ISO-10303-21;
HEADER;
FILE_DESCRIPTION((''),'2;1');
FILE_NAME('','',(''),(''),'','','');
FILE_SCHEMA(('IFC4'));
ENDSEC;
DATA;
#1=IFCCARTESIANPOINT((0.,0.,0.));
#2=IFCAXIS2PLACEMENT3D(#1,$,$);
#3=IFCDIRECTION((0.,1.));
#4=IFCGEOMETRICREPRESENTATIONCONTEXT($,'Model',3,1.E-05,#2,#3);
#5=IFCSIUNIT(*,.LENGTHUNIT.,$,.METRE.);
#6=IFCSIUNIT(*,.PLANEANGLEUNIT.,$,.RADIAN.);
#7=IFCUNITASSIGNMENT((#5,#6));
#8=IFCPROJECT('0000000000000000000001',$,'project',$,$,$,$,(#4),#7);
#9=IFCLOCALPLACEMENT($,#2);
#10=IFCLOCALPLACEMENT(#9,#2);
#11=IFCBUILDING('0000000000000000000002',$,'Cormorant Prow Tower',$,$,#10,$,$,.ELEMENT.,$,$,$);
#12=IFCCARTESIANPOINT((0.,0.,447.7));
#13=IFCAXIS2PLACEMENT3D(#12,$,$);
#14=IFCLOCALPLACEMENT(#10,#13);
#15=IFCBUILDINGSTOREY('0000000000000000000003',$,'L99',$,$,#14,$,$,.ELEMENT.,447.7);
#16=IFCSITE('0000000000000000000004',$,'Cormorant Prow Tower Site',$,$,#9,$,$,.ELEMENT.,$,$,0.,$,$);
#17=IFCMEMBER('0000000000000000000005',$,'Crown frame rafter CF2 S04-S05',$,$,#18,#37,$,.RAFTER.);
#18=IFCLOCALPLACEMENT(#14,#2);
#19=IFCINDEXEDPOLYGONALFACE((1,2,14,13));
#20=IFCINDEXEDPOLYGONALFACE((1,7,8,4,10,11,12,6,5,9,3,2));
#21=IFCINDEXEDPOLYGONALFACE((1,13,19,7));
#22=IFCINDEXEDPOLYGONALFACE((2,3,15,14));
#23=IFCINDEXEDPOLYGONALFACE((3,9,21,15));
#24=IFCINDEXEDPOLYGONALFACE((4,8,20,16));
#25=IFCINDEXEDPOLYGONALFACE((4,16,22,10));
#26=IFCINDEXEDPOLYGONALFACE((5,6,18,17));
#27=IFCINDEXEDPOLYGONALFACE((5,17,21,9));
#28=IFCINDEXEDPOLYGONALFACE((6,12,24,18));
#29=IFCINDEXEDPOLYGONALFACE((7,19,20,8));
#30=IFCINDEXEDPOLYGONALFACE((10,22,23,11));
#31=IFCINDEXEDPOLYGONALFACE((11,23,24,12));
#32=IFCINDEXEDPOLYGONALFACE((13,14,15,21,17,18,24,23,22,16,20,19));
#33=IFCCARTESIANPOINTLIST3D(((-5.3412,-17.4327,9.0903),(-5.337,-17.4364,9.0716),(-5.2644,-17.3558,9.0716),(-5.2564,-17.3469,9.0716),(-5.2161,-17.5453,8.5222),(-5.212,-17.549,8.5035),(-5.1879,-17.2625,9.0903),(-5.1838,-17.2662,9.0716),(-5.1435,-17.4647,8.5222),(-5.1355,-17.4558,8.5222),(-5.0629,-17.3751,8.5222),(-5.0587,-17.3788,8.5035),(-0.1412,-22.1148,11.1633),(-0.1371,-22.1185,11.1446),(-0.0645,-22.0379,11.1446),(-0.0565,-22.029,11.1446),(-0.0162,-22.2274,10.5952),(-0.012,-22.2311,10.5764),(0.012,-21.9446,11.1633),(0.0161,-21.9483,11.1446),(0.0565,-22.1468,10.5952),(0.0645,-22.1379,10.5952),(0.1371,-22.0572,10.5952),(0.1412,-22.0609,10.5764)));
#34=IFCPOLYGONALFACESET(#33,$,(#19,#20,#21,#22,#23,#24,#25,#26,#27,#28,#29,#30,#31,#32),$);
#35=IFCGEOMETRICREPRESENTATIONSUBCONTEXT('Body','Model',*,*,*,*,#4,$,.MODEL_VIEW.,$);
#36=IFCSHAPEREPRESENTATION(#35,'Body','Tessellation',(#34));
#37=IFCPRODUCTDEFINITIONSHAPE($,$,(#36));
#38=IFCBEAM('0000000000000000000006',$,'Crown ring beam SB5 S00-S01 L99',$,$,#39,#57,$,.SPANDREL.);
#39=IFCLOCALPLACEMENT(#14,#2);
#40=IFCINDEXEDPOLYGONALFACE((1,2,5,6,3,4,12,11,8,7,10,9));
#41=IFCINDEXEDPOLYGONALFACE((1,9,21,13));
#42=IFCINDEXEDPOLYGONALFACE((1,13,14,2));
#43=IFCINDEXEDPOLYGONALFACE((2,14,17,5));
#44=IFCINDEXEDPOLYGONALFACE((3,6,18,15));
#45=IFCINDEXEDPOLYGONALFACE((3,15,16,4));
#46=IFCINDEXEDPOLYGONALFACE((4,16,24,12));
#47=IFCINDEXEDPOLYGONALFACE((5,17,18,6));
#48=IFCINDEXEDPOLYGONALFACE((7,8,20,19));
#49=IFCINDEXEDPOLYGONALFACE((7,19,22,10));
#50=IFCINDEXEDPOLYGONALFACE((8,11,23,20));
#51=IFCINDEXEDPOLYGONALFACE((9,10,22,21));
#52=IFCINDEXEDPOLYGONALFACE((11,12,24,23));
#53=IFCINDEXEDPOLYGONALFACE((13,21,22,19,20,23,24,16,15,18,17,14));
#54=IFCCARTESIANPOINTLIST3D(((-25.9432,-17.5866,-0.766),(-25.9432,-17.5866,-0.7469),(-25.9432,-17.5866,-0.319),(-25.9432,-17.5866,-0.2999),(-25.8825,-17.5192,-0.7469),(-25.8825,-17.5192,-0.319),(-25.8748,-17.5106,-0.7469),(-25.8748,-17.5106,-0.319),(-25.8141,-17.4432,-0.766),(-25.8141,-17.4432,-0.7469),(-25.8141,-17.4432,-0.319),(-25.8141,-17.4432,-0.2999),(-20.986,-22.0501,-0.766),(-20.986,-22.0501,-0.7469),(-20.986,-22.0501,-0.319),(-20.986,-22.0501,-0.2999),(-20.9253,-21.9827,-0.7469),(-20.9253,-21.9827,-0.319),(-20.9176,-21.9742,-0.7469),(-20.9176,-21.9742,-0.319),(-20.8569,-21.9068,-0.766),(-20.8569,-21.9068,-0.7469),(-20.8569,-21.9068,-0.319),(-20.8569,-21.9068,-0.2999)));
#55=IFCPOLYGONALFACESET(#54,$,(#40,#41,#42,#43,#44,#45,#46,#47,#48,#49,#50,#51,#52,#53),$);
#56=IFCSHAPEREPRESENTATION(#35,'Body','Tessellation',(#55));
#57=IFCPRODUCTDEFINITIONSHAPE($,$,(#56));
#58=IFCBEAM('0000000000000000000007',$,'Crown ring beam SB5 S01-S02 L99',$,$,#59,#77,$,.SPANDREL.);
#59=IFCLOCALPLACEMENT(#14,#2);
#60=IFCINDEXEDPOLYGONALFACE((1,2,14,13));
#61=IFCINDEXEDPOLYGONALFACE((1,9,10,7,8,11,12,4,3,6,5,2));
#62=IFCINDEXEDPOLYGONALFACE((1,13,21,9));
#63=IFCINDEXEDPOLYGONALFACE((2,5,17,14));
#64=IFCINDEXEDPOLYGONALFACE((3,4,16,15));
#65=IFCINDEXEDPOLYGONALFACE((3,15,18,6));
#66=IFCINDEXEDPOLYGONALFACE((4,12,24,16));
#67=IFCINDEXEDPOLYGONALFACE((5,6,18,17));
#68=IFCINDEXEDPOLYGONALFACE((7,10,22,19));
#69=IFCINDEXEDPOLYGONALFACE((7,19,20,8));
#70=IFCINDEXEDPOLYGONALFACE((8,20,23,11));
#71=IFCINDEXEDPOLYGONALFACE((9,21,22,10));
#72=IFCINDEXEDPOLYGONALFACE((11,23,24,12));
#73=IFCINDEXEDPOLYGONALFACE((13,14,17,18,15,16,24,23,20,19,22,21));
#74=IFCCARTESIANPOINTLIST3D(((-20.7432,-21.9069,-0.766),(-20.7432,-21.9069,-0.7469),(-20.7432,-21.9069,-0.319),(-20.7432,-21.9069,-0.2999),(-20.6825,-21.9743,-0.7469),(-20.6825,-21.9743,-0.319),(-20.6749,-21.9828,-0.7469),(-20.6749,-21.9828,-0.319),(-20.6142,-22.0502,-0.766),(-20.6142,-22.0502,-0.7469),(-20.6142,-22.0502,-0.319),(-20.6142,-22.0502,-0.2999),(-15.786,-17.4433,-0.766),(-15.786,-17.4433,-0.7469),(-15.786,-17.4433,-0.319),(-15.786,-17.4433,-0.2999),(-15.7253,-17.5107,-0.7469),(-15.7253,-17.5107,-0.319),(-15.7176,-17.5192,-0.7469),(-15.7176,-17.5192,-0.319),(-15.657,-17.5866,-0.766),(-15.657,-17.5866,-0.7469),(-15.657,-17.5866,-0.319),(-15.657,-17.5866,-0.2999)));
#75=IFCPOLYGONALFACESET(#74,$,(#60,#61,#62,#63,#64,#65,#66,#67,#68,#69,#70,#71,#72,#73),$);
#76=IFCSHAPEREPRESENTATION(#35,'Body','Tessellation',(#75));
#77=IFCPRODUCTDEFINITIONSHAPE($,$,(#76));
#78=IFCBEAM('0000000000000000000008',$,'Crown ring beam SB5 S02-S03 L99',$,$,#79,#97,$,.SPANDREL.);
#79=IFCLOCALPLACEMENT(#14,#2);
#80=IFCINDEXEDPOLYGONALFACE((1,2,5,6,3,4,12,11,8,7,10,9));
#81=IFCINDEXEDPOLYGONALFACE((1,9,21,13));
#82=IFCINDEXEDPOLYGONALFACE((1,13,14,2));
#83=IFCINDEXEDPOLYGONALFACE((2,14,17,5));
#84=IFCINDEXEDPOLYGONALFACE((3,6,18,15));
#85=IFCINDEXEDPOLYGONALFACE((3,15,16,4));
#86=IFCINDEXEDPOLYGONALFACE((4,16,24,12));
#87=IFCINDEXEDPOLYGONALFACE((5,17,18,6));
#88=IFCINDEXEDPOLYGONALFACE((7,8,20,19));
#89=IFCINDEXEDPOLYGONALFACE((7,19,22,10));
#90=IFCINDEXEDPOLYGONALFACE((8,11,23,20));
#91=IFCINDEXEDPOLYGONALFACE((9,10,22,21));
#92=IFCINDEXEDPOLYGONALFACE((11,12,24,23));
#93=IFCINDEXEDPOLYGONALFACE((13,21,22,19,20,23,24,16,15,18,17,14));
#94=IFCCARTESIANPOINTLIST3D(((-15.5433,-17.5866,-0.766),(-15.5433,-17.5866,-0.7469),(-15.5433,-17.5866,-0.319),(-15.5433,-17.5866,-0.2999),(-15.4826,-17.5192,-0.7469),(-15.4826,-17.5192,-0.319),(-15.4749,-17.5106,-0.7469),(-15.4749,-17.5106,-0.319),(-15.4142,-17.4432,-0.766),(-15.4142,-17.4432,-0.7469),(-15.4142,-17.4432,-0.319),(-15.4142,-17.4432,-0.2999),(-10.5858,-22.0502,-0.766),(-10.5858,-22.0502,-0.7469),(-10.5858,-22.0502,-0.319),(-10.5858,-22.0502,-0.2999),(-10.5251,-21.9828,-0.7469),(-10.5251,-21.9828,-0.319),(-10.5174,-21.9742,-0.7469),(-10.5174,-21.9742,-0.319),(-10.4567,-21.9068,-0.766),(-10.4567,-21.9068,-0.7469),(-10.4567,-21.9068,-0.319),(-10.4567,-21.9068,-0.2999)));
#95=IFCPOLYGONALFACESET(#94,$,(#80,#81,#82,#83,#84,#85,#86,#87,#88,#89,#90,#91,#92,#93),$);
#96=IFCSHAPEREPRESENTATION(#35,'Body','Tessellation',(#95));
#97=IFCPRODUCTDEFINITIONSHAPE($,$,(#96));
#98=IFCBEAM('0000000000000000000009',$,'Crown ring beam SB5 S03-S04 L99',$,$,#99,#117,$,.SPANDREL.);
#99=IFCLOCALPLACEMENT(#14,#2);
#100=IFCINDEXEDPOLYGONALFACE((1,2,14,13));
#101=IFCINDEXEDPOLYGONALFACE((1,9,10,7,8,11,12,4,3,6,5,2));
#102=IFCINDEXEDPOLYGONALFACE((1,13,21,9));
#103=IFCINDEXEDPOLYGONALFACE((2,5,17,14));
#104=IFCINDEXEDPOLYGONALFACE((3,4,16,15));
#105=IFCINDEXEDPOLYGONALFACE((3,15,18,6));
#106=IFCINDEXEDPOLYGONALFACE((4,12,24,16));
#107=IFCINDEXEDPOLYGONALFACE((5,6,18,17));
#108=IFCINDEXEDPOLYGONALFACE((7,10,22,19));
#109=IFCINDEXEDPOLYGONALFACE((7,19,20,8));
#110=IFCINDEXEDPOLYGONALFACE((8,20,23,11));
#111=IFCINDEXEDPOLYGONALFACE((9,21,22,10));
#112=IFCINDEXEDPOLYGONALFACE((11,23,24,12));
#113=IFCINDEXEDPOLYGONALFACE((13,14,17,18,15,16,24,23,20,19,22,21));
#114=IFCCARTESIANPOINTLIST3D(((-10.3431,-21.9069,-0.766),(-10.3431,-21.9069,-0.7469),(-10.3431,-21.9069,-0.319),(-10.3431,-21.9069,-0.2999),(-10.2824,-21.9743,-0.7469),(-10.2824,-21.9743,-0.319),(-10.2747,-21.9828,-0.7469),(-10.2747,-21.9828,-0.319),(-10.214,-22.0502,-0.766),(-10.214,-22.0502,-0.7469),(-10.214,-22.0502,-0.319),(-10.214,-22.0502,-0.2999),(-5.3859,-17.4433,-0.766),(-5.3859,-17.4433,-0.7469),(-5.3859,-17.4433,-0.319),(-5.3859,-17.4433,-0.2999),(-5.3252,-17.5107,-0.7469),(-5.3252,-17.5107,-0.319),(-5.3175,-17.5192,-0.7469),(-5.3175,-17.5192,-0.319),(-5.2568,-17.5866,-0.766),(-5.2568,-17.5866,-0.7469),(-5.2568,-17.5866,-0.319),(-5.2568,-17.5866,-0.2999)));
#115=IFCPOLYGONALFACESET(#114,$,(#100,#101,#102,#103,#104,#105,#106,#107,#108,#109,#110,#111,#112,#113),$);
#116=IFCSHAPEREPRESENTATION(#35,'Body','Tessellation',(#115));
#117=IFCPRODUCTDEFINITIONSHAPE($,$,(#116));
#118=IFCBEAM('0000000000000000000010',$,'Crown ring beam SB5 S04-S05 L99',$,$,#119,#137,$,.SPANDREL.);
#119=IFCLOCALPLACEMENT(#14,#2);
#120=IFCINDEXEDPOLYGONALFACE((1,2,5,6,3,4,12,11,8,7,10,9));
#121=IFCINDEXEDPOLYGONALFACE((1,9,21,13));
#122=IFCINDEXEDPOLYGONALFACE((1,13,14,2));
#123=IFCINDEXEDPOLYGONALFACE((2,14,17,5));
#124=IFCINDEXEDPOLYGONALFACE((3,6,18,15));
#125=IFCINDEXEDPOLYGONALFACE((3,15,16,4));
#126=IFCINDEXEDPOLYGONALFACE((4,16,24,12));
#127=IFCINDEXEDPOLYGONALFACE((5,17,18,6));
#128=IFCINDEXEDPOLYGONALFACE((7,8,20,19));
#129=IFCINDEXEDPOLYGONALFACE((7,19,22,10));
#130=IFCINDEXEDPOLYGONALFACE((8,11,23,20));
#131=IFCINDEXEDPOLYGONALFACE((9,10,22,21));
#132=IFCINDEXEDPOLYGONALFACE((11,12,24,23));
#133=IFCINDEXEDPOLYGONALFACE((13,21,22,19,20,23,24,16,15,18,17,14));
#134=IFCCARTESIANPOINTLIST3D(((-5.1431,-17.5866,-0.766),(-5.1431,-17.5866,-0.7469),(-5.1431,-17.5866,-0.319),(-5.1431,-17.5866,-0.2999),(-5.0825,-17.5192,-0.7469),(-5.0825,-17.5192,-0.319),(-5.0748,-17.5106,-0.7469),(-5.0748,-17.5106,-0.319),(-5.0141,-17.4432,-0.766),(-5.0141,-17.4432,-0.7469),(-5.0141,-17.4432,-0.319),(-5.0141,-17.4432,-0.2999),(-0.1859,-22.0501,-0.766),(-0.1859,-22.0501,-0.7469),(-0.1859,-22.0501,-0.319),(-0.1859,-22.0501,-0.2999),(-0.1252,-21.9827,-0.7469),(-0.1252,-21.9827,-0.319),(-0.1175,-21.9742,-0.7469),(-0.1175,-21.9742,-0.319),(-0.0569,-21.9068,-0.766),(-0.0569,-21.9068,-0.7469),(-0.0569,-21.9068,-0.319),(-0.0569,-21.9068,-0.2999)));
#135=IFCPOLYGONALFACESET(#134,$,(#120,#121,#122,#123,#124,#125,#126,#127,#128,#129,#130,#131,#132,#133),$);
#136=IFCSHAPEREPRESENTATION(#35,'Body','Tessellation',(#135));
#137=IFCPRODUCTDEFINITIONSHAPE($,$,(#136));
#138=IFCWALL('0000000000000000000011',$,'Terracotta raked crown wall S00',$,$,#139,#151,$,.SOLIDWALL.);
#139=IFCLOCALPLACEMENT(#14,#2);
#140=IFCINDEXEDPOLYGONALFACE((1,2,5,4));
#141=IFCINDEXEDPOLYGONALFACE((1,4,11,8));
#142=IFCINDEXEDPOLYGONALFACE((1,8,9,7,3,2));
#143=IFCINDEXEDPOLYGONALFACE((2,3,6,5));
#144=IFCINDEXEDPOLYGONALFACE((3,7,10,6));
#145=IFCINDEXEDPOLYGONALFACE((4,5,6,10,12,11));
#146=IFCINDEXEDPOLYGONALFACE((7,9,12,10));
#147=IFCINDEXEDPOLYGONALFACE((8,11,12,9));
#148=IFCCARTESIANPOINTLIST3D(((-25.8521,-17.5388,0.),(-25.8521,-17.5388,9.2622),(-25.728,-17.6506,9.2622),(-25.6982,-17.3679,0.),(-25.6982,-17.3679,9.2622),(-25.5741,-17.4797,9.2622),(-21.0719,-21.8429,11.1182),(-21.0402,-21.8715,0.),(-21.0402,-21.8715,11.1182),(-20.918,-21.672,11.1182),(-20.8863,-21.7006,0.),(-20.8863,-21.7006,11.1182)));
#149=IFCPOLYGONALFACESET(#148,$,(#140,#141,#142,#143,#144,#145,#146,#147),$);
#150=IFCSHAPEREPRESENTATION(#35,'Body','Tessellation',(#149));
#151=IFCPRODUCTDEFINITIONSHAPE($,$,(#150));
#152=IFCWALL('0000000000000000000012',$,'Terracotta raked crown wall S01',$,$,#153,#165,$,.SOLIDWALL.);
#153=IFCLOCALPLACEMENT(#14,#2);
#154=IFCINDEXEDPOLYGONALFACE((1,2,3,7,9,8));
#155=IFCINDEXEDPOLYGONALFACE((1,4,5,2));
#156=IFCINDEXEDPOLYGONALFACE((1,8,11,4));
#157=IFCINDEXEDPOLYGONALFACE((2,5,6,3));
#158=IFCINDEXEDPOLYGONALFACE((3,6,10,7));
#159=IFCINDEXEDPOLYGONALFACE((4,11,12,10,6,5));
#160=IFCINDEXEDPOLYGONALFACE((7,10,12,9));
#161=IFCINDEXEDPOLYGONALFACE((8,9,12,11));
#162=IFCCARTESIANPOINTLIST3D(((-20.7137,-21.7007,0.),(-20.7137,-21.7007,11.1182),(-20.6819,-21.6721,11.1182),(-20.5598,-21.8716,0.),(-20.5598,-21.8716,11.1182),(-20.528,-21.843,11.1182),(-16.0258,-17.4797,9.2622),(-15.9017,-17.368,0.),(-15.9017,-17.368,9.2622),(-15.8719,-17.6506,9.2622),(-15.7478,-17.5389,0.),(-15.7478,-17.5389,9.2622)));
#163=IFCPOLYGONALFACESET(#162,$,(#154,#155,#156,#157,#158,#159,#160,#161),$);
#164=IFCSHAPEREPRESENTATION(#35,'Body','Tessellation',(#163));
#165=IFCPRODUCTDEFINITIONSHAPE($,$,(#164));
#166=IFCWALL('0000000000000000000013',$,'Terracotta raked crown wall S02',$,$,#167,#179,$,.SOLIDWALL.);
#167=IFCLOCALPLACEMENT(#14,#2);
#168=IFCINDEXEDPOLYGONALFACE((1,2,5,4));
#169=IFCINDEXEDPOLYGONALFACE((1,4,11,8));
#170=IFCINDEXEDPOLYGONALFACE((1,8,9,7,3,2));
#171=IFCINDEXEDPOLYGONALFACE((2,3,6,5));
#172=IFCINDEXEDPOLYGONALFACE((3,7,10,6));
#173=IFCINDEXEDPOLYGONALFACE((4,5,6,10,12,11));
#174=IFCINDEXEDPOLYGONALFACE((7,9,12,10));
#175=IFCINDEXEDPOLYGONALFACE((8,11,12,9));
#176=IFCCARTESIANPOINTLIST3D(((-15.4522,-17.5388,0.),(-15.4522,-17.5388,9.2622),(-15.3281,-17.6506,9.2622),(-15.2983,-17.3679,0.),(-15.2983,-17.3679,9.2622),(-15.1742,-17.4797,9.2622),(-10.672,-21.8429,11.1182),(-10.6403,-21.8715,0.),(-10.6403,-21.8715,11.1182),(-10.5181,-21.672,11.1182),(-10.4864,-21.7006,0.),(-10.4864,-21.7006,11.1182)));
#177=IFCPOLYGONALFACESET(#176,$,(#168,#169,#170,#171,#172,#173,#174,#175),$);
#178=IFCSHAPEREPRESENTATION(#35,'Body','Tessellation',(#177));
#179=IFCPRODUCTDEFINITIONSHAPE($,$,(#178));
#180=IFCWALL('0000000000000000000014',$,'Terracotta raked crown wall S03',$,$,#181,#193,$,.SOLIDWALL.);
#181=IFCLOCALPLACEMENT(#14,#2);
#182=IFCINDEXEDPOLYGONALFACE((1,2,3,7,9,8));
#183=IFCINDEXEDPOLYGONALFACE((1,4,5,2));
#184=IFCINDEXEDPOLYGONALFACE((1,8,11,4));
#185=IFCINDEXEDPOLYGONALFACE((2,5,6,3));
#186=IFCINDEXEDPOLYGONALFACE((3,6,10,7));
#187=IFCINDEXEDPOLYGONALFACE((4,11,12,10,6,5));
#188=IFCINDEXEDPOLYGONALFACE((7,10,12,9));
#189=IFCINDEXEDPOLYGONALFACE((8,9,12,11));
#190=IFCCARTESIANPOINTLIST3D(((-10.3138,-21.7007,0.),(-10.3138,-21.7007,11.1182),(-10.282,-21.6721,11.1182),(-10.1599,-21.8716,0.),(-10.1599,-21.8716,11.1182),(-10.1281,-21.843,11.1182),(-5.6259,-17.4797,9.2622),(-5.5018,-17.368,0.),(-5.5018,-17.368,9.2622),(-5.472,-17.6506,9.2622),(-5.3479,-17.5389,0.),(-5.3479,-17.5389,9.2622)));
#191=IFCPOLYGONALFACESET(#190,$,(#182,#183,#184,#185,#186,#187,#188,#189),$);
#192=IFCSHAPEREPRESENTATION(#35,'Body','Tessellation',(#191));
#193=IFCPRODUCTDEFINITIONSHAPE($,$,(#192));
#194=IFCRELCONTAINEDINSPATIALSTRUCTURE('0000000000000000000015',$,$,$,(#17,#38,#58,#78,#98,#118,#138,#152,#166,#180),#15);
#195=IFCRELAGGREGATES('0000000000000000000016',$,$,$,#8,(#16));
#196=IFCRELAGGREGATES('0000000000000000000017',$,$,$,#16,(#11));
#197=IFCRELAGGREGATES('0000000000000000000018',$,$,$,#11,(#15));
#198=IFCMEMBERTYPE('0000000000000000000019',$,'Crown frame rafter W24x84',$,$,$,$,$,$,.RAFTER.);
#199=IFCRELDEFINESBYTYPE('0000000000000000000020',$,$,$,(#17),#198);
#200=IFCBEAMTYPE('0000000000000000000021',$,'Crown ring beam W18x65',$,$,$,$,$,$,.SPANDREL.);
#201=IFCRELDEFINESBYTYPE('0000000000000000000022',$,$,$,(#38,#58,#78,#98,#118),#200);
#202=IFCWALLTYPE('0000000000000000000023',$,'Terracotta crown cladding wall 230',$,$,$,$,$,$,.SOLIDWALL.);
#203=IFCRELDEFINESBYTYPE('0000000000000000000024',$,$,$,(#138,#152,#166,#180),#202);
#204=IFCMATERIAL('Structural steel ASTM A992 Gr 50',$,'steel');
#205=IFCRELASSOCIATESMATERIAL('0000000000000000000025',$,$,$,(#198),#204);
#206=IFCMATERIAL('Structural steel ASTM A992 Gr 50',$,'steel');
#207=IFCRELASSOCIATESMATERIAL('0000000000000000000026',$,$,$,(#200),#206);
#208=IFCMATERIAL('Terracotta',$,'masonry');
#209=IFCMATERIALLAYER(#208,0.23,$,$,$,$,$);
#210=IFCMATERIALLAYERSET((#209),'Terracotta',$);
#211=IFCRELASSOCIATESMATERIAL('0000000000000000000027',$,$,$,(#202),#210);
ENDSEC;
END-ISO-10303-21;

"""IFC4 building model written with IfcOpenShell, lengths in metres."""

from ifc_helpers import new_model, si_unit, direction, frame, origin, origin_2d, place, context, subcontext, project, spatial, polyline, i_section, outline, extrude, material, layer, layer_set, material_profile, profile_set, type_object, element, save


model = new_model("IFC4")

# Units and contexts
model_context = context("Model", 3, precision=1e-05, world=origin(), true_north=direction((0.0, 1.0)))
body_context = subcontext(model_context, "Body", "Model", "MODEL_VIEW")
ifc_project = project(units=[si_unit("LENGTHUNIT", "METRE"), si_unit("PLANEANGLEUNIT", "RADIAN")], contexts=[model_context])

# Site, building, storey
site_placement = place(None, origin())
site = spatial("IfcSite", under=ifc_project, at=site_placement, Name="Cormorant Prow Tower Site", CompositionType="ELEMENT", RefElevation=0.0)
building_placement = place(site_placement, origin())
building = spatial("IfcBuilding", under=site, at=building_placement, Name="Cormorant Prow Tower", CompositionType="ELEMENT")
storey_placement = place(building_placement, frame((0.0, 0.0, 447.7)))
storey = spatial("IfcBuildingStorey", under=building, at=storey_placement, Name="L99", CompositionType="ELEMENT", Elevation=447.7)

# Member
ifc_material_1 = material(Name="Structural steel ASTM A992 Gr 50", Category="steel")
ifc_material_profile_1 = material_profile(ifc_material_1, i_section(OverallWidth=0.229, OverallDepth=0.6121, WebThickness=0.012, FlangeThickness=0.0195, at=origin_2d()), Name="W24x84")
ifc_profile_set_1 = profile_set([ifc_material_profile_1], Name="Structural steel ASTM A992 Gr 50")
member_type = type_object("IfcMemberType", Name="Crown frame rafter W24x84", PredefinedType="RAFTER", material=ifc_profile_set_1)
for number, where, z_axis, x_axis, name in (
    (1, (-5.2, -17.4058, 8.7969), (0.712528, -0.641573, 0.284055), (0.669136, 0.74314, 0.0), "Crown frame rafter CF2 S04-S05"),
):
    element("IfcMember", number, at=place(storey_placement, frame(where, z_axis=z_axis, x_axis=x_axis)), inside=storey, type_object=member_type, Name=name, PredefinedType="RAFTER", context=body_context, shape_type="SweptSolid", body=[
        extrude(i_section(OverallWidth=0.229, OverallDepth=0.6121, WebThickness=0.012, FlangeThickness=0.0195, at=origin_2d()), origin(), (0.0, 0.0, 1.0), 7.2979),
    ])

# Beams
ifc_material_2 = material(Name="Structural steel ASTM A992 Gr 50", Category="steel")
ifc_material_profile_2 = material_profile(ifc_material_2, i_section(OverallWidth=0.1929, OverallDepth=0.4661, WebThickness=0.0115, FlangeThickness=0.019, at=origin_2d()), Name="W18x65")
ifc_profile_set_2 = profile_set([ifc_material_profile_2], Name="Structural steel ASTM A992 Gr 50")
beam_type = type_object("IfcBeamType", Name="Crown ring beam W18x65", PredefinedType="SPANDREL", material=ifc_profile_set_2)
for number, where, z_axis, x_axis, name in (
    (2, (-25.8787, -17.5149, -0.533), (0.743139, -0.669137, 0.0), (0.669137, 0.743139, 0.0), "Crown ring beam SB5 S00-S01 L99"),
    (3, (-20.6787, -21.9785, -0.533), (0.743139, 0.669137, 0.0), (-0.669137, 0.743139, 0.0), "Crown ring beam SB5 S01-S02 L99"),
):
    element("IfcBeam", number, at=place(storey_placement, frame(where, z_axis=z_axis, x_axis=x_axis)), inside=storey, type_object=beam_type, Name=name, PredefinedType="SPANDREL", context=body_context, shape_type="SweptSolid", body=[
        extrude(i_section(OverallWidth=0.1929, OverallDepth=0.4661, WebThickness=0.0115, FlangeThickness=0.019, at=origin_2d()), origin(), (0.0, 0.0, 1.0), 6.6707),
    ])
beam_placement = place(storey_placement, frame((-15.4788, -17.5149, -0.533), z_axis=(0.743156, -0.669118, 0.0), x_axis=(0.669118, 0.743156, 0.0)))
element("IfcBeam", 4, at=beam_placement, inside=storey, type_object=beam_type, Name="Crown ring beam SB5 S02-S03 L99", PredefinedType="SPANDREL", context=body_context, shape_type="SweptSolid", body=[
    extrude(i_section(OverallWidth=0.1929, OverallDepth=0.4661, WebThickness=0.0115, FlangeThickness=0.019, at=origin_2d()), origin(), (0.0, 0.0, 1.0), 6.6709),
])
for number, where, z_axis, x_axis, name in (
    (5, (-10.2786, -21.9785, -0.533), (0.743139, 0.669137, 0.0), (-0.669137, 0.743139, 0.0), "Crown ring beam SB5 S03-S04 L99"),
    (6, (-5.0786, -17.5149, -0.533), (0.743139, -0.669137, 0.0), (0.669137, 0.743139, 0.0), "Crown ring beam SB5 S04-S05 L99"),
):
    element("IfcBeam", number, at=place(storey_placement, frame(where, z_axis=z_axis, x_axis=x_axis)), inside=storey, type_object=beam_type, Name=name, PredefinedType="SPANDREL", context=body_context, shape_type="SweptSolid", body=[
        extrude(i_section(OverallWidth=0.1929, OverallDepth=0.4661, WebThickness=0.0115, FlangeThickness=0.019, at=origin_2d()), origin(), (0.0, 0.0, 1.0), 6.6707),
    ])

# Walls
ifc_material_3 = material(Name="Terracotta", Category="masonry")
ifc_layer_1 = layer(ifc_material_3, 0.23)
ifc_layer_set_1 = layer_set([ifc_layer_1], Name="Terracotta")
wall_type = type_object("IfcWallType", Name="Terracotta crown cladding wall 230", PredefinedType="SOLIDWALL", material=ifc_layer_set_1)
wall_1_placement = place(storey_placement, frame((-25.7751, -17.4534, 0.0), z_axis=(0.0, 0.0, 1.0), x_axis=(0.743144, -0.669131, 0.0)))
element("IfcWall", 7, at=wall_1_placement, inside=storey, type_object=wall_type, Name="Terracotta raked crown wall S00", PredefinedType="SOLIDWALL", context=body_context, shape_type="SweptSolid", body=[
    extrude(outline(polyline([(0.0, 0.0), (6.4751, 0.0), (6.4751, 11.1182), (6.4324, 11.1182), (0.167, 9.2622), (0.0, 9.2622), (0.0, 0.0)])), frame((0.0, 0.115, 0.0), z_axis=(0.0, -1.0, 0.0), x_axis=(1.0, 0.0, 0.0)), (0.0, 0.0, 1.0), 0.23),
])
wall_2_placement = place(storey_placement, frame((-20.6367, -21.7861, 0.0), z_axis=(0.0, 0.0, 1.0), x_axis=(0.743144, 0.669131, 0.0)))
element("IfcWall", 8, at=wall_2_placement, inside=storey, type_object=wall_type, Name="Terracotta raked crown wall S01", PredefinedType="SOLIDWALL", context=body_context, shape_type="SweptSolid", body=[
    extrude(outline(polyline([(0.0, 0.0), (6.4751, 0.0), (6.4751, 9.2622), (6.3081, 9.2622), (0.0427, 11.1182), (0.0, 11.1182), (0.0, 0.0)])), frame((0.0, 0.115, 0.0), z_axis=(0.0, -1.0, 0.0), x_axis=(1.0, 0.0, 0.0)), (0.0, 0.0, 1.0), 0.23),
])
wall_3_placement = place(storey_placement, frame((-15.3752, -17.4534, 0.0), z_axis=(0.0, 0.0, 1.0), x_axis=(0.743144, -0.669131, 0.0)))
element("IfcWall", 9, at=wall_3_placement, inside=storey, type_object=wall_type, Name="Terracotta raked crown wall S02", PredefinedType="SOLIDWALL", context=body_context, shape_type="SweptSolid", body=[
    extrude(outline(polyline([(0.0, 0.0), (6.4751, 0.0), (6.4751, 11.1182), (6.4324, 11.1182), (0.167, 9.2622), (0.0, 9.2622), (0.0, 0.0)])), frame((0.0, 0.115, 0.0), z_axis=(0.0, -1.0, 0.0), x_axis=(1.0, 0.0, 0.0)), (0.0, 0.0, 1.0), 0.23),
])
wall_4_placement = place(storey_placement, frame((-10.2368, -21.7861, 0.0), z_axis=(0.0, 0.0, 1.0), x_axis=(0.743144, 0.669131, 0.0)))
element("IfcWall", 10, at=wall_4_placement, inside=storey, type_object=wall_type, Name="Terracotta raked crown wall S03", PredefinedType="SOLIDWALL", context=body_context, shape_type="SweptSolid", body=[
    extrude(outline(polyline([(0.0, 0.0), (6.4751, 0.0), (6.4751, 9.2622), (6.3081, 9.2622), (0.0427, 11.1182), (0.0, 11.1182), (0.0, 0.0)])), frame((0.0, 0.115, 0.0), z_axis=(0.0, -1.0, 0.0), x_axis=(1.0, 0.0, 0.0)), (0.0, 0.0, 1.0), 0.23),
])

save(model, "model.ifc")
